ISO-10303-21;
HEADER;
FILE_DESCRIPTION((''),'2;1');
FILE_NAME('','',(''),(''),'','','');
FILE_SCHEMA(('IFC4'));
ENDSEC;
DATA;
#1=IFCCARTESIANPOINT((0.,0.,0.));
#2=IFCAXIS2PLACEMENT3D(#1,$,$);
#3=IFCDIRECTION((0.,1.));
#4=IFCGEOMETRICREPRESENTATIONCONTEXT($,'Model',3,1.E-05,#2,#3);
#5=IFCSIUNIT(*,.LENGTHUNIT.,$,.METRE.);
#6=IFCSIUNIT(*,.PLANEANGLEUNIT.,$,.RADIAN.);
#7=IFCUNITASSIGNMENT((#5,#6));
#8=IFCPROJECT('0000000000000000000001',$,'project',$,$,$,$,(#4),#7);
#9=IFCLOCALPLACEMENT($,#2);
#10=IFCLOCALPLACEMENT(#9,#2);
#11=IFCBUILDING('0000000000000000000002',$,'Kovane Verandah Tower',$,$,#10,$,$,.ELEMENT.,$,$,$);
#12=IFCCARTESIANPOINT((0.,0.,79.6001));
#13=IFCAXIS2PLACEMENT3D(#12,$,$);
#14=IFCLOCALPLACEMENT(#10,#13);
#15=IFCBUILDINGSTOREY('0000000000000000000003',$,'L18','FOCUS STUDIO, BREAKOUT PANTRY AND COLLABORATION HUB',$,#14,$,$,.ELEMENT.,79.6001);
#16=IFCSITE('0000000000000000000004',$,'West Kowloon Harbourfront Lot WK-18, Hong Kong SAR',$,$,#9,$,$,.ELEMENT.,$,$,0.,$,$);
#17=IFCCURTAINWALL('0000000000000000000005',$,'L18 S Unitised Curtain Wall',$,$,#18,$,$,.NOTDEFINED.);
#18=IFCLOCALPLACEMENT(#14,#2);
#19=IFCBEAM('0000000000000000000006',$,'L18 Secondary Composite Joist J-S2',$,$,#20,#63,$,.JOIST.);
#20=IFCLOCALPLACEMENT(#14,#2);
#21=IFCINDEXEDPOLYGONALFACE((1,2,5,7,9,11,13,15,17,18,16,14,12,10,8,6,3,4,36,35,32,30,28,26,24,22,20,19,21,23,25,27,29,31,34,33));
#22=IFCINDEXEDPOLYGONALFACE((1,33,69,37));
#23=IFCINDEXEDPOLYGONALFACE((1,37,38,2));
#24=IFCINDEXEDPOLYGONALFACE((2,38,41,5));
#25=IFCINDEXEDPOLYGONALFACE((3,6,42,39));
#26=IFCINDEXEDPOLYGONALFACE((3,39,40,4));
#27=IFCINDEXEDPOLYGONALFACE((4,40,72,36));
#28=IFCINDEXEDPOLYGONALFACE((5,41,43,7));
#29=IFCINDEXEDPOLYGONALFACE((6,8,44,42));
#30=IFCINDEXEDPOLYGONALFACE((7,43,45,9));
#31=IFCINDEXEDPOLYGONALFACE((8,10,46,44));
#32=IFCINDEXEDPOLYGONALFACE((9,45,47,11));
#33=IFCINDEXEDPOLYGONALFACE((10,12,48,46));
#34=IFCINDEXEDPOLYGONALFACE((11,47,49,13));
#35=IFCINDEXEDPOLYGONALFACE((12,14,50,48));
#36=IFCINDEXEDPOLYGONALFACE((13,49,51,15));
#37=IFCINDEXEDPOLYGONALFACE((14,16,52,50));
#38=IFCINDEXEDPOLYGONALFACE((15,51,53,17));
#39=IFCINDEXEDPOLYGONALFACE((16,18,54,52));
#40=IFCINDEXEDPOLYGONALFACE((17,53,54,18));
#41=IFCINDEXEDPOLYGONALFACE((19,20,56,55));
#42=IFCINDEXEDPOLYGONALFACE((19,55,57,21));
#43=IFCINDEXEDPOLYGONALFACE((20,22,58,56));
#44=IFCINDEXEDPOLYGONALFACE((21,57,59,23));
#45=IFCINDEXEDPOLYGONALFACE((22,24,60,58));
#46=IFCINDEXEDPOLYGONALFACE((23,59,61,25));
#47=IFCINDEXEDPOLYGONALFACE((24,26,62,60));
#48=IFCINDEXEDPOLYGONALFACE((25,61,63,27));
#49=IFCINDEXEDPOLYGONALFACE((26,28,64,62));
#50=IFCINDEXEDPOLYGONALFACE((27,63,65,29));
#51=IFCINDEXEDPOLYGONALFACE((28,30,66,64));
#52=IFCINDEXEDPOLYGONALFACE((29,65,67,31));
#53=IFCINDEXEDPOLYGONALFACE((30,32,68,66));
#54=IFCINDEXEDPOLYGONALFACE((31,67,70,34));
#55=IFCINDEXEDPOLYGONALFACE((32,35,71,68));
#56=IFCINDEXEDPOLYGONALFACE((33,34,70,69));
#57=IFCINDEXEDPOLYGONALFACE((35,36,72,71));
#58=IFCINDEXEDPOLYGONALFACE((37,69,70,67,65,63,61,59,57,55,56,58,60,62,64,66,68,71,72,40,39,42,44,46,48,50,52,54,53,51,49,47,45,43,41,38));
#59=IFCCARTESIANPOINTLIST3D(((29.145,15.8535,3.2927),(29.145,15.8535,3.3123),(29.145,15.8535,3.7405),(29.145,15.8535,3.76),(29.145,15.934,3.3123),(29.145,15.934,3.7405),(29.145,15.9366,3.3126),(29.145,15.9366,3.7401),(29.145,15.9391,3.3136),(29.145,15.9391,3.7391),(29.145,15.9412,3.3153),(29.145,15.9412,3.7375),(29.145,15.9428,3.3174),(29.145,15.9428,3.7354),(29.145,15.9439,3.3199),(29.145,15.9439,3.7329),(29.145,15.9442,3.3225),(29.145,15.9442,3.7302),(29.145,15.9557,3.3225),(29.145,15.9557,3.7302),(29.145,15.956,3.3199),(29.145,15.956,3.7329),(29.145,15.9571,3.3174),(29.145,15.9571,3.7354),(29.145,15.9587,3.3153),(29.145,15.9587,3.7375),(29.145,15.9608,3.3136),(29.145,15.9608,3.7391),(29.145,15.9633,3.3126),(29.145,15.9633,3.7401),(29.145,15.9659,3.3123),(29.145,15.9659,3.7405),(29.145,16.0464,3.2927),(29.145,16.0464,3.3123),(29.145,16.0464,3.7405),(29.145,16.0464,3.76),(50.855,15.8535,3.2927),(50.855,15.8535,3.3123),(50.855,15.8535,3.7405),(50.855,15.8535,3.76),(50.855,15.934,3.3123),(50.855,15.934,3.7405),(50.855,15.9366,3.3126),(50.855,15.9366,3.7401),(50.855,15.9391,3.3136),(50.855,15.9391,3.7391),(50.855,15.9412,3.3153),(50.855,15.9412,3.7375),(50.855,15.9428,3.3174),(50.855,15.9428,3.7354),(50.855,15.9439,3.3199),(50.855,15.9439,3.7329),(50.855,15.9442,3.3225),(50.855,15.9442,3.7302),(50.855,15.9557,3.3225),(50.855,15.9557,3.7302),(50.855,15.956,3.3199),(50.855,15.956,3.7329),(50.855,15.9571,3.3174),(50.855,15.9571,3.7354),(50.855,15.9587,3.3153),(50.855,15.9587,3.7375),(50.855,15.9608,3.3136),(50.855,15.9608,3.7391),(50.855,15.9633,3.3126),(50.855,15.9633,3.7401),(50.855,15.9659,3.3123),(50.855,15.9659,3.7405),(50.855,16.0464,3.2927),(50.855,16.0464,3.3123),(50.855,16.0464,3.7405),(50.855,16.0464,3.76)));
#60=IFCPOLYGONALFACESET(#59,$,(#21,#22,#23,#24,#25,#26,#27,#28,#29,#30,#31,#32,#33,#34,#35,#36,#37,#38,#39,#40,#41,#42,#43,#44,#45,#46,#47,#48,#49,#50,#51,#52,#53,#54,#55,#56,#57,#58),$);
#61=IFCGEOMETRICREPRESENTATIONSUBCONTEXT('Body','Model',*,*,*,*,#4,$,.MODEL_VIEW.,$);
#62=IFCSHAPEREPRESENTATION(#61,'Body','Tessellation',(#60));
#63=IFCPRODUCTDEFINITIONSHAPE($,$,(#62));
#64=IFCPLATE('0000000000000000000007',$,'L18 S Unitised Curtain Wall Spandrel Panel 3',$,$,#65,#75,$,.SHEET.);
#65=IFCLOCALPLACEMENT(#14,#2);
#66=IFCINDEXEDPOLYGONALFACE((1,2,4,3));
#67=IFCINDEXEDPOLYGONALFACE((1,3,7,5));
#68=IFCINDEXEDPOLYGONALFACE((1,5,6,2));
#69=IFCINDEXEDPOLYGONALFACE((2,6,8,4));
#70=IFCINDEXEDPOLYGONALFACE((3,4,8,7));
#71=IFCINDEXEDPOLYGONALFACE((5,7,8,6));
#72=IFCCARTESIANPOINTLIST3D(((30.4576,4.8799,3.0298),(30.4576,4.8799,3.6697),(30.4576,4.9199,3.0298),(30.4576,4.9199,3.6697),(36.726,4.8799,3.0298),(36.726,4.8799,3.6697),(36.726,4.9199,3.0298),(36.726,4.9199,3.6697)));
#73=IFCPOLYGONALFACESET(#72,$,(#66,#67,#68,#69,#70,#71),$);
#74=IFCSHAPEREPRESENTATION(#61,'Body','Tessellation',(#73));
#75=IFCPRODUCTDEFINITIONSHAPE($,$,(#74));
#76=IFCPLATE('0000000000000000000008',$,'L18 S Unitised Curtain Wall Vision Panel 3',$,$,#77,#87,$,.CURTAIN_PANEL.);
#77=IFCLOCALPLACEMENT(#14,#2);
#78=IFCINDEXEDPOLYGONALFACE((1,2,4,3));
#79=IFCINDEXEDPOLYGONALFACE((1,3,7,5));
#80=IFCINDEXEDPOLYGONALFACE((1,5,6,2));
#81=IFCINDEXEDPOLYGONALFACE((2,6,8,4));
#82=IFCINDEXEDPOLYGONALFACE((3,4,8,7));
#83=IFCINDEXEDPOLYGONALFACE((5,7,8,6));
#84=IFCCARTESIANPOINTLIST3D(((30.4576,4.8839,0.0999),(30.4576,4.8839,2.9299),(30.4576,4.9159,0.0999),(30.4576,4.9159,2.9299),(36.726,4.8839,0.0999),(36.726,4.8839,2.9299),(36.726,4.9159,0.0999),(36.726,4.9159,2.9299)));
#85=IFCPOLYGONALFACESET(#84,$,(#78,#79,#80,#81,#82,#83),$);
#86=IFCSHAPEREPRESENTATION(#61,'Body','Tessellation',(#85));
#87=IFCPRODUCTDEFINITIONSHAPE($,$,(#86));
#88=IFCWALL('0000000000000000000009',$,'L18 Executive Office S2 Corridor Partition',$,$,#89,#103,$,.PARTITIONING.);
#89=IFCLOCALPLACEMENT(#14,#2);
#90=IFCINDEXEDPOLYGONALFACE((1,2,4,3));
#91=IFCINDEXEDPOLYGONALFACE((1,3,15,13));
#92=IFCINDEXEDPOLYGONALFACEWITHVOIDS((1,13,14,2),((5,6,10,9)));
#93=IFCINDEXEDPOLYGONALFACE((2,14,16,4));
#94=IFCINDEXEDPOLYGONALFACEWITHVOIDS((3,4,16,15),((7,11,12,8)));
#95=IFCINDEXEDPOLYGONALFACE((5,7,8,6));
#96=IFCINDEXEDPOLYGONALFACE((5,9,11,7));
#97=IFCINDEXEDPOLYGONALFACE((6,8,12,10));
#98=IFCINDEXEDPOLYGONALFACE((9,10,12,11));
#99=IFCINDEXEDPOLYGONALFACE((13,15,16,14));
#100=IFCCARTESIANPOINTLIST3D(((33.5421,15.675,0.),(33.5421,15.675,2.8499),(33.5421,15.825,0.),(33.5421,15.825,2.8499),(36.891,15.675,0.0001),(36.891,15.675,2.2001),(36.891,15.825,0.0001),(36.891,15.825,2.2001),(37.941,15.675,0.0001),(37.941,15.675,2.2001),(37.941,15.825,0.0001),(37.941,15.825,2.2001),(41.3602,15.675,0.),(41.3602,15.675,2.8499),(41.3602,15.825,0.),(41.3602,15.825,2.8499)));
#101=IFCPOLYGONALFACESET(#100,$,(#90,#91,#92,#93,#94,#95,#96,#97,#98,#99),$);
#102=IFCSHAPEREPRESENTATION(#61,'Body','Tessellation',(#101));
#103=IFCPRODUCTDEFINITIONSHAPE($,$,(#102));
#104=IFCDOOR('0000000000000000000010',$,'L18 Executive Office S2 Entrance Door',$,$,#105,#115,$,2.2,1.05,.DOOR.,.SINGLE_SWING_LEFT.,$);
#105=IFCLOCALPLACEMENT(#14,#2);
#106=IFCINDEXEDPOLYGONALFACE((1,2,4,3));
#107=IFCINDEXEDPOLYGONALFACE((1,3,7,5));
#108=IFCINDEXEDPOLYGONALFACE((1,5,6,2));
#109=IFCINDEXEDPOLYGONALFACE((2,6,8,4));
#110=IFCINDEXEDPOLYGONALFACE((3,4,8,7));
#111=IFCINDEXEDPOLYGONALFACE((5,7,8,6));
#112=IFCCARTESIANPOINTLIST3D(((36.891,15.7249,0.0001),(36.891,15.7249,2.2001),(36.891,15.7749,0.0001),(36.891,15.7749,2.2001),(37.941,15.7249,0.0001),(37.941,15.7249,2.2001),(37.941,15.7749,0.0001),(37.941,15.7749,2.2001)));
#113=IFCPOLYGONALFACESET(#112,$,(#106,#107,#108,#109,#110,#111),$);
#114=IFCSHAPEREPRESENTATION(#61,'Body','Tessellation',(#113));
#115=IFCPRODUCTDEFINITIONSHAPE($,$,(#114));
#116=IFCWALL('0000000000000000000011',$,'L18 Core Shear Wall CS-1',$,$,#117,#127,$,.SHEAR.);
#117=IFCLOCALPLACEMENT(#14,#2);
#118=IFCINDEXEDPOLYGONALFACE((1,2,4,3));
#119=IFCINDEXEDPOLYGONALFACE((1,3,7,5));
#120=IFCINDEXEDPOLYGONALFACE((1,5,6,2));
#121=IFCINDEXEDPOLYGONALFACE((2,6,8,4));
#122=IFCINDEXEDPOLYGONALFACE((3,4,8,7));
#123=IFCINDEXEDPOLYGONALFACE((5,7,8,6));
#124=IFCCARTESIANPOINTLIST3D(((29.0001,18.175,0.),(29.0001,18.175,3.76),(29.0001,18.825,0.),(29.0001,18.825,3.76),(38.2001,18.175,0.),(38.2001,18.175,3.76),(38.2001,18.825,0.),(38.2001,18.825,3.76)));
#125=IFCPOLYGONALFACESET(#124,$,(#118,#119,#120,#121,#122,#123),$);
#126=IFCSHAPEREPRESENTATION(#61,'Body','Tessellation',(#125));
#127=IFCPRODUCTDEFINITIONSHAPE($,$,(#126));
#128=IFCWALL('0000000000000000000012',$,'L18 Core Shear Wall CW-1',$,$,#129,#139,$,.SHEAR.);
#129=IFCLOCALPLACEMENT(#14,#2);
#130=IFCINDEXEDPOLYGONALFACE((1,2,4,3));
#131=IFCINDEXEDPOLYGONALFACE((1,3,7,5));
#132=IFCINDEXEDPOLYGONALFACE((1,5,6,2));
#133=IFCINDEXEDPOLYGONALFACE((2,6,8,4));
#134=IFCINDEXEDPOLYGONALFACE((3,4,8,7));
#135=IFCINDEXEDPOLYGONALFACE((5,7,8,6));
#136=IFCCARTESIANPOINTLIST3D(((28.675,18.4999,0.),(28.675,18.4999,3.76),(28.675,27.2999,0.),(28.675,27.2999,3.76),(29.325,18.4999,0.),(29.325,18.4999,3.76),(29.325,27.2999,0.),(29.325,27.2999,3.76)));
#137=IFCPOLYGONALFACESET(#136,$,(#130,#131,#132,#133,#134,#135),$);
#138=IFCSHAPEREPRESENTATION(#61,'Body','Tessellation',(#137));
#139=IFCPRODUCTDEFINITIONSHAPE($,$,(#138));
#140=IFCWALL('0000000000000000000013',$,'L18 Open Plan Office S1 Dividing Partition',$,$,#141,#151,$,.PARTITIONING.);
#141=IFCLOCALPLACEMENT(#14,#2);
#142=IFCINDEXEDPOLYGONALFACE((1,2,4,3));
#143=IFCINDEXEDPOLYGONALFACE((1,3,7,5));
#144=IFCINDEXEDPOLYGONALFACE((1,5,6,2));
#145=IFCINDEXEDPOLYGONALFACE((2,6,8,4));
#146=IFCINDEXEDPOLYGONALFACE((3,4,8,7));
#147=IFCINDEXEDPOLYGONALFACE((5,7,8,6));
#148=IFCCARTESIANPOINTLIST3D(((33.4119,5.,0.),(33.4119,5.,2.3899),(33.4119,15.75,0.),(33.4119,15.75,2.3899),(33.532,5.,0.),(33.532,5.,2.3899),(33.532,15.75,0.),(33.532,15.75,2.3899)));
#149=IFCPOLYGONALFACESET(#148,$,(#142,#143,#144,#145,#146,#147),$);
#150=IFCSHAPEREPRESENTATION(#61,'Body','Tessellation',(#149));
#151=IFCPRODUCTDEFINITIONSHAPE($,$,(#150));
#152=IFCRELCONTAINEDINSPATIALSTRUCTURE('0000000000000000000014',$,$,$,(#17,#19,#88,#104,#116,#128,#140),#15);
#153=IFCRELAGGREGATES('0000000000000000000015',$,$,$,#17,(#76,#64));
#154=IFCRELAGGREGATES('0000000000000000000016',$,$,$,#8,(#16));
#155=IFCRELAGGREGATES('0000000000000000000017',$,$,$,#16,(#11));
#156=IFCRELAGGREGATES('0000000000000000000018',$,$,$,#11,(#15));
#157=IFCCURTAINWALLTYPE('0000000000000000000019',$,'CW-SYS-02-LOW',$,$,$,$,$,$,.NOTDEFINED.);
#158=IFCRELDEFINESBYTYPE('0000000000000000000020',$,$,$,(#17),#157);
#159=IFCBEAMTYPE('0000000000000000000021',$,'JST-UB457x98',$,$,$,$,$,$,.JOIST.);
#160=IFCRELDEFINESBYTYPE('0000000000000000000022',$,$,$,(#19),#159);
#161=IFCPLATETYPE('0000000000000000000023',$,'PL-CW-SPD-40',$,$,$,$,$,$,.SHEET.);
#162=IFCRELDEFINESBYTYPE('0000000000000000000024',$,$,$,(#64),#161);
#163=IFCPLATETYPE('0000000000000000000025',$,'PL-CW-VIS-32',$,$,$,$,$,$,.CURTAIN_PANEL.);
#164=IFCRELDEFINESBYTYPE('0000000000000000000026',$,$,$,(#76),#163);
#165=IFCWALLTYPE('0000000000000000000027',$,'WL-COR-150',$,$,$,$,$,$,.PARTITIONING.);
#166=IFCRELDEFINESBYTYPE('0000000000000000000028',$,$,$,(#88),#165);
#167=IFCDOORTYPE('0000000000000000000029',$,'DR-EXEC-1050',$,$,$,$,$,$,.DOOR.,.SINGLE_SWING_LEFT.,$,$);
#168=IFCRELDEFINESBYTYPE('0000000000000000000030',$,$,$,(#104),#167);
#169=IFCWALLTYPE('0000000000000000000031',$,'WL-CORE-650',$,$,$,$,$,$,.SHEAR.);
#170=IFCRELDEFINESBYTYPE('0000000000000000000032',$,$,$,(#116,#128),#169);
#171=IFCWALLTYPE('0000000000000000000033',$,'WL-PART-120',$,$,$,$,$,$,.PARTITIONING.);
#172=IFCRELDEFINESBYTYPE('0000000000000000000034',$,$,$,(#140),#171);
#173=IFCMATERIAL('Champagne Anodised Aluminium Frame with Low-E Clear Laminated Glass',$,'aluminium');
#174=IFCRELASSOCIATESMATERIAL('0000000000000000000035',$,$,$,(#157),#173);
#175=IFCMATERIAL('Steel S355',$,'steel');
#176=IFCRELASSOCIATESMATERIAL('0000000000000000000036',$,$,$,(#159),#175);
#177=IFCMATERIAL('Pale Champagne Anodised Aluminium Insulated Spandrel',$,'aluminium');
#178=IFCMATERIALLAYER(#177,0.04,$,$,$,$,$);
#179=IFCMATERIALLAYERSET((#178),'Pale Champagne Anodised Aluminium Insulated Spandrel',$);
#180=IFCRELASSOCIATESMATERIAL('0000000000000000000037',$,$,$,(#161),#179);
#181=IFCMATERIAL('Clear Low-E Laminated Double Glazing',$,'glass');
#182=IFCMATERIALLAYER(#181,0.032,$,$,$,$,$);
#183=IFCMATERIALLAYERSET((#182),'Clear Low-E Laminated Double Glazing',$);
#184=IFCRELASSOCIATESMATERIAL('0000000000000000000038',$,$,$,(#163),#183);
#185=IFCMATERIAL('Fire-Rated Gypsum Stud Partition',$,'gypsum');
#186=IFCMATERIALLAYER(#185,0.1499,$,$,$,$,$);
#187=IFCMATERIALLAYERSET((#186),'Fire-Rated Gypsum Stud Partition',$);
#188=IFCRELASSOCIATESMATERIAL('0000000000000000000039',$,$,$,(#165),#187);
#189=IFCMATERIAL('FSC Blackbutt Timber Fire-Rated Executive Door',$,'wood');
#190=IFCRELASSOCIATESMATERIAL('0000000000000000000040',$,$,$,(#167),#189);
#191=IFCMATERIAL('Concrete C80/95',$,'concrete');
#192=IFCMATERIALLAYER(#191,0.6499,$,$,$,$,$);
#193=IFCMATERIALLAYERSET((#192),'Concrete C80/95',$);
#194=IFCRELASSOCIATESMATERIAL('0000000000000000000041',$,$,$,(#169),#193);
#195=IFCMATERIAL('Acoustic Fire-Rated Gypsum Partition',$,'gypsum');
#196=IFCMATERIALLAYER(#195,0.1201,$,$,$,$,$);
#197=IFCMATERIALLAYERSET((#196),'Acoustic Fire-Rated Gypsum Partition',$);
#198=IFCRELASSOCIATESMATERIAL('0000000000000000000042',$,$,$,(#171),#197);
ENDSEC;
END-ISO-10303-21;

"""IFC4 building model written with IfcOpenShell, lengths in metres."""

from ifc_helpers import new_model, si_unit, direction, frame, frame_2d, origin, origin_2d, place, context, subcontext, project, spatial, rectangle, i_section, extrude, material, layer, layer_set, material_profile, profile_set, type_object, element, fill, aggregate, save


model = new_model("IFC4")

# Units and contexts
model_context = context("Model", 3, precision=1e-05, world=origin(), true_north=direction((0.0, 1.0)))
body_context = subcontext(model_context, "Body", "Model", "MODEL_VIEW")
ifc_project = project(units=[si_unit("LENGTHUNIT", "METRE"), si_unit("PLANEANGLEUNIT", "RADIAN")], contexts=[model_context])

# Site, building, storey
site_placement = place(None, origin())
site = spatial("IfcSite", under=ifc_project, at=site_placement, Name="West Kowloon Harbourfront Lot WK-18, Hong Kong SAR", CompositionType="ELEMENT", RefElevation=0.0)
building_placement = place(site_placement, origin())
building = spatial("IfcBuilding", under=site, at=building_placement, Name="Kovane Verandah Tower", CompositionType="ELEMENT")
storey_placement = place(building_placement, frame((0.0, 0.0, 79.6001)))
storey = spatial("IfcBuildingStorey", under=building, at=storey_placement, Name="L18", Description="FOCUS STUDIO, BREAKOUT PANTRY AND COLLABORATION HUB", CompositionType="ELEMENT", Elevation=79.6001)

# Shared definitions
ifc_material_1 = material(Name="Concrete C80/95", Category="concrete")

# Shared definitions
ifc_material_2 = material(Name="Steel S355", Category="steel")

# Curtain wall
ifc_material_3 = material(Name="Champagne Anodised Aluminium Frame with Low-E Clear Laminated Glass", Category="aluminium")
curtain_wall_type = type_object("IfcCurtainWallType", Name="CW-SYS-02-LOW", PredefinedType="NOTDEFINED", material=ifc_material_3)
curtain_wall_placement = place(storey_placement, origin())
curtain_wall = element("IfcCurtainWall", 1, at=curtain_wall_placement, inside=storey, type_object=curtain_wall_type, Name="L18 S Unitised Curtain Wall", PredefinedType="NOTDEFINED")

# Beam
ifc_material_profile_1 = material_profile(ifc_material_2, i_section(OverallWidth=0.1929, OverallDepth=0.4673, WebThickness=0.0115, FlangeThickness=0.0195, FilletRadius=0.0103, at=origin_2d()), Name="UB457x191x98")
ifc_profile_set_1 = profile_set([ifc_material_profile_1], Name="Steel S355")
beam_type_1 = type_object("IfcBeamType", Name="JST-UB457x98", PredefinedType="JOIST", material=ifc_profile_set_1)
for number, where, z_axis, x_axis, name in (
    (2, (29.145, 15.95, 3.5264), (1.0, 0.0, 0.0), (0.0, 1.0, 0.0), "L18 Secondary Composite Joist J-S2"),
):
    element("IfcBeam", number, at=place(storey_placement, frame(where, z_axis=z_axis, x_axis=x_axis)), inside=storey, type_object=beam_type_1, Name=name, PredefinedType="JOIST", context=body_context, shape_type="SweptSolid", body=[
        extrude(i_section(OverallWidth=0.1929, OverallDepth=0.4673, WebThickness=0.0115, FlangeThickness=0.0195, FilletRadius=0.0103, at=origin_2d()), origin(), (0.0, 0.0, 1.0), 21.71),
    ])

# Plates
ifc_material_4 = material(Name="Pale Champagne Anodised Aluminium Insulated Spandrel", Category="aluminium")
ifc_layer_1 = layer(ifc_material_4, 0.04)
ifc_layer_set_1 = layer_set([ifc_layer_1], Name="Pale Champagne Anodised Aluminium Insulated Spandrel")
plate_type_1 = type_object("IfcPlateType", Name="PL-CW-SPD-40", PredefinedType="SHEET", material=ifc_layer_set_1)
plate_1_placement = place(storey_placement, frame((33.5918, 4.8999, 3.0298), z_axis=(0.0, 0.0, 1.0), x_axis=(1.0, 0.0, 0.0)))
plate_1 = element("IfcPlate", 3, at=plate_1_placement, type_object=plate_type_1, Name="L18 S Unitised Curtain Wall Spandrel Panel 3", PredefinedType="SHEET", context=body_context, shape_type="SweptSolid", body=[
    extrude(rectangle(XDim=6.2683, YDim=0.04, at=origin_2d()), origin(), (0.0, 0.0, 1.0), 0.6399),
])
ifc_material_5 = material(Name="Clear Low-E Laminated Double Glazing", Category="glass")
ifc_layer_2 = layer(ifc_material_5, 0.032)
ifc_layer_set_2 = layer_set([ifc_layer_2], Name="Clear Low-E Laminated Double Glazing")
plate_type_2 = type_object("IfcPlateType", Name="PL-CW-VIS-32", PredefinedType="CURTAIN_PANEL", material=ifc_layer_set_2)
plate_2_placement = place(storey_placement, frame((33.5918, 4.8999, 0.0999), z_axis=(0.0, 0.0, 1.0), x_axis=(1.0, 0.0, 0.0)))
plate_2 = element("IfcPlate", 4, at=plate_2_placement, type_object=plate_type_2, Name="L18 S Unitised Curtain Wall Vision Panel 3", PredefinedType="CURTAIN_PANEL", context=body_context, shape_type="SweptSolid", body=[
    extrude(rectangle(XDim=6.2683, YDim=0.032, at=origin_2d()), origin(), (0.0, 0.0, 1.0), 2.8301),
])
aggregate(curtain_wall, [plate_2, plate_1])

# Wall, opening, door
ifc_material_6 = material(Name="Fire-Rated Gypsum Stud Partition", Category="gypsum")
ifc_layer_3 = layer(ifc_material_6, 0.1499)
ifc_layer_set_3 = layer_set([ifc_layer_3], Name="Fire-Rated Gypsum Stud Partition")
wall_type_1 = type_object("IfcWallType", Name="WL-COR-150", PredefinedType="PARTITIONING", material=ifc_layer_set_3)
wall_1_placement = place(storey_placement, frame((33.542, 15.75, 0.0), z_axis=(0.0, 0.0, 1.0), x_axis=(1.0, 0.0, 0.0)))
wall_1 = element("IfcWall", 5, at=wall_1_placement, inside=storey, type_object=wall_type_1, Name="L18 Executive Office S2 Corridor Partition", PredefinedType="PARTITIONING", context=body_context, shape_type="SweptSolid", body=[
    extrude(rectangle(XDim=7.8181, YDim=0.1499, at=frame_2d((3.9092, 0.0))), origin(), (0.0, 0.0, 1.0), 2.8499),
])
opening_placement = place(wall_1_placement, frame((3.3491, 0.0, 0.0)))
opening = element("IfcOpeningElement", 6, at=opening_placement, cuts=wall_1, PredefinedType="OPENING", context=body_context, shape_type="SweptSolid", body=[
    extrude(rectangle(XDim=1.05, YDim=2.2, at=frame_2d((0.5249, 1.1001))), frame((0.0, 0.075, 0.0), z_axis=(0.0, -1.0, 0.0), x_axis=(1.0, 0.0, 0.0)), (0.0, 0.0, 1.0), 0.1499),
])
ifc_material_7 = material(Name="FSC Blackbutt Timber Fire-Rated Executive Door", Category="wood")
door_type = type_object("IfcDoorType", Name="DR-EXEC-1050", OperationType="SINGLE_SWING_LEFT", PredefinedType="DOOR", material=ifc_material_7)
door_placement = place(opening_placement, origin())
door = element("IfcDoor", 7, at=door_placement, inside=storey, type_object=door_type, Name="L18 Executive Office S2 Entrance Door", OperationType="SINGLE_SWING_LEFT", OverallHeight=2.2, OverallWidth=1.05, PredefinedType="DOOR", context=body_context, shape_type="SweptSolid", body=[
    extrude(rectangle(XDim=1.05, YDim=2.2, at=frame_2d((0.5249, 1.1001))), frame((0.0, 0.0249, 0.0), z_axis=(0.0, -1.0, 0.0), x_axis=(1.0, 0.0, 0.0)), (0.0, 0.0, 1.0), 0.05),
])
fill(opening, door)

# Walls
ifc_layer_4 = layer(ifc_material_1, 0.6499)
ifc_layer_set_4 = layer_set([ifc_layer_4], Name="Concrete C80/95")
wall_type_2 = type_object("IfcWallType", Name="WL-CORE-650", PredefinedType="SHEAR", material=ifc_layer_set_4)
wall_2_placement = place(storey_placement, frame((29.0, 18.5, 0.0), z_axis=(0.0, 0.0, 1.0), x_axis=(1.0, 0.0, 0.0)))
element("IfcWall", 8, at=wall_2_placement, inside=storey, type_object=wall_type_2, Name="L18 Core Shear Wall CS-1", PredefinedType="SHEAR", context=body_context, shape_type="SweptSolid", body=[
    extrude(rectangle(XDim=9.2, YDim=0.6499, at=frame_2d((4.6001, 0.0))), origin(), (0.0, 0.0, 1.0), 3.76),
])
wall_3_placement = place(storey_placement, frame((29.0, 18.5, 0.0), z_axis=(0.0, 0.0, 1.0), x_axis=(0.0, 1.0, 0.0)))
element("IfcWall", 9, at=wall_3_placement, inside=storey, type_object=wall_type_2, Name="L18 Core Shear Wall CW-1", PredefinedType="SHEAR", context=body_context, shape_type="SweptSolid", body=[
    extrude(rectangle(XDim=8.8, YDim=0.6499, at=frame_2d((4.3999, 0.0))), origin(), (0.0, 0.0, 1.0), 3.76),
])
ifc_material_8 = material(Name="Acoustic Fire-Rated Gypsum Partition", Category="gypsum")
ifc_layer_5 = layer(ifc_material_8, 0.1201)
ifc_layer_set_5 = layer_set([ifc_layer_5], Name="Acoustic Fire-Rated Gypsum Partition")
wall_type_3 = type_object("IfcWallType", Name="WL-PART-120", PredefinedType="PARTITIONING", material=ifc_layer_set_5)
wall_4_placement = place(storey_placement, frame((33.4719, 5.0, 0.0), z_axis=(0.0, 0.0, 1.0), x_axis=(0.0, 1.0, 0.0)))
element("IfcWall", 10, at=wall_4_placement, inside=storey, type_object=wall_type_3, Name="L18 Open Plan Office S1 Dividing Partition", PredefinedType="PARTITIONING", context=body_context, shape_type="SweptSolid", body=[
    extrude(rectangle(XDim=10.75, YDim=0.1201, at=frame_2d((5.375, 0.0))), origin(), (0.0, 0.0, 1.0), 2.3899),
])

save(model, "model.ifc")
